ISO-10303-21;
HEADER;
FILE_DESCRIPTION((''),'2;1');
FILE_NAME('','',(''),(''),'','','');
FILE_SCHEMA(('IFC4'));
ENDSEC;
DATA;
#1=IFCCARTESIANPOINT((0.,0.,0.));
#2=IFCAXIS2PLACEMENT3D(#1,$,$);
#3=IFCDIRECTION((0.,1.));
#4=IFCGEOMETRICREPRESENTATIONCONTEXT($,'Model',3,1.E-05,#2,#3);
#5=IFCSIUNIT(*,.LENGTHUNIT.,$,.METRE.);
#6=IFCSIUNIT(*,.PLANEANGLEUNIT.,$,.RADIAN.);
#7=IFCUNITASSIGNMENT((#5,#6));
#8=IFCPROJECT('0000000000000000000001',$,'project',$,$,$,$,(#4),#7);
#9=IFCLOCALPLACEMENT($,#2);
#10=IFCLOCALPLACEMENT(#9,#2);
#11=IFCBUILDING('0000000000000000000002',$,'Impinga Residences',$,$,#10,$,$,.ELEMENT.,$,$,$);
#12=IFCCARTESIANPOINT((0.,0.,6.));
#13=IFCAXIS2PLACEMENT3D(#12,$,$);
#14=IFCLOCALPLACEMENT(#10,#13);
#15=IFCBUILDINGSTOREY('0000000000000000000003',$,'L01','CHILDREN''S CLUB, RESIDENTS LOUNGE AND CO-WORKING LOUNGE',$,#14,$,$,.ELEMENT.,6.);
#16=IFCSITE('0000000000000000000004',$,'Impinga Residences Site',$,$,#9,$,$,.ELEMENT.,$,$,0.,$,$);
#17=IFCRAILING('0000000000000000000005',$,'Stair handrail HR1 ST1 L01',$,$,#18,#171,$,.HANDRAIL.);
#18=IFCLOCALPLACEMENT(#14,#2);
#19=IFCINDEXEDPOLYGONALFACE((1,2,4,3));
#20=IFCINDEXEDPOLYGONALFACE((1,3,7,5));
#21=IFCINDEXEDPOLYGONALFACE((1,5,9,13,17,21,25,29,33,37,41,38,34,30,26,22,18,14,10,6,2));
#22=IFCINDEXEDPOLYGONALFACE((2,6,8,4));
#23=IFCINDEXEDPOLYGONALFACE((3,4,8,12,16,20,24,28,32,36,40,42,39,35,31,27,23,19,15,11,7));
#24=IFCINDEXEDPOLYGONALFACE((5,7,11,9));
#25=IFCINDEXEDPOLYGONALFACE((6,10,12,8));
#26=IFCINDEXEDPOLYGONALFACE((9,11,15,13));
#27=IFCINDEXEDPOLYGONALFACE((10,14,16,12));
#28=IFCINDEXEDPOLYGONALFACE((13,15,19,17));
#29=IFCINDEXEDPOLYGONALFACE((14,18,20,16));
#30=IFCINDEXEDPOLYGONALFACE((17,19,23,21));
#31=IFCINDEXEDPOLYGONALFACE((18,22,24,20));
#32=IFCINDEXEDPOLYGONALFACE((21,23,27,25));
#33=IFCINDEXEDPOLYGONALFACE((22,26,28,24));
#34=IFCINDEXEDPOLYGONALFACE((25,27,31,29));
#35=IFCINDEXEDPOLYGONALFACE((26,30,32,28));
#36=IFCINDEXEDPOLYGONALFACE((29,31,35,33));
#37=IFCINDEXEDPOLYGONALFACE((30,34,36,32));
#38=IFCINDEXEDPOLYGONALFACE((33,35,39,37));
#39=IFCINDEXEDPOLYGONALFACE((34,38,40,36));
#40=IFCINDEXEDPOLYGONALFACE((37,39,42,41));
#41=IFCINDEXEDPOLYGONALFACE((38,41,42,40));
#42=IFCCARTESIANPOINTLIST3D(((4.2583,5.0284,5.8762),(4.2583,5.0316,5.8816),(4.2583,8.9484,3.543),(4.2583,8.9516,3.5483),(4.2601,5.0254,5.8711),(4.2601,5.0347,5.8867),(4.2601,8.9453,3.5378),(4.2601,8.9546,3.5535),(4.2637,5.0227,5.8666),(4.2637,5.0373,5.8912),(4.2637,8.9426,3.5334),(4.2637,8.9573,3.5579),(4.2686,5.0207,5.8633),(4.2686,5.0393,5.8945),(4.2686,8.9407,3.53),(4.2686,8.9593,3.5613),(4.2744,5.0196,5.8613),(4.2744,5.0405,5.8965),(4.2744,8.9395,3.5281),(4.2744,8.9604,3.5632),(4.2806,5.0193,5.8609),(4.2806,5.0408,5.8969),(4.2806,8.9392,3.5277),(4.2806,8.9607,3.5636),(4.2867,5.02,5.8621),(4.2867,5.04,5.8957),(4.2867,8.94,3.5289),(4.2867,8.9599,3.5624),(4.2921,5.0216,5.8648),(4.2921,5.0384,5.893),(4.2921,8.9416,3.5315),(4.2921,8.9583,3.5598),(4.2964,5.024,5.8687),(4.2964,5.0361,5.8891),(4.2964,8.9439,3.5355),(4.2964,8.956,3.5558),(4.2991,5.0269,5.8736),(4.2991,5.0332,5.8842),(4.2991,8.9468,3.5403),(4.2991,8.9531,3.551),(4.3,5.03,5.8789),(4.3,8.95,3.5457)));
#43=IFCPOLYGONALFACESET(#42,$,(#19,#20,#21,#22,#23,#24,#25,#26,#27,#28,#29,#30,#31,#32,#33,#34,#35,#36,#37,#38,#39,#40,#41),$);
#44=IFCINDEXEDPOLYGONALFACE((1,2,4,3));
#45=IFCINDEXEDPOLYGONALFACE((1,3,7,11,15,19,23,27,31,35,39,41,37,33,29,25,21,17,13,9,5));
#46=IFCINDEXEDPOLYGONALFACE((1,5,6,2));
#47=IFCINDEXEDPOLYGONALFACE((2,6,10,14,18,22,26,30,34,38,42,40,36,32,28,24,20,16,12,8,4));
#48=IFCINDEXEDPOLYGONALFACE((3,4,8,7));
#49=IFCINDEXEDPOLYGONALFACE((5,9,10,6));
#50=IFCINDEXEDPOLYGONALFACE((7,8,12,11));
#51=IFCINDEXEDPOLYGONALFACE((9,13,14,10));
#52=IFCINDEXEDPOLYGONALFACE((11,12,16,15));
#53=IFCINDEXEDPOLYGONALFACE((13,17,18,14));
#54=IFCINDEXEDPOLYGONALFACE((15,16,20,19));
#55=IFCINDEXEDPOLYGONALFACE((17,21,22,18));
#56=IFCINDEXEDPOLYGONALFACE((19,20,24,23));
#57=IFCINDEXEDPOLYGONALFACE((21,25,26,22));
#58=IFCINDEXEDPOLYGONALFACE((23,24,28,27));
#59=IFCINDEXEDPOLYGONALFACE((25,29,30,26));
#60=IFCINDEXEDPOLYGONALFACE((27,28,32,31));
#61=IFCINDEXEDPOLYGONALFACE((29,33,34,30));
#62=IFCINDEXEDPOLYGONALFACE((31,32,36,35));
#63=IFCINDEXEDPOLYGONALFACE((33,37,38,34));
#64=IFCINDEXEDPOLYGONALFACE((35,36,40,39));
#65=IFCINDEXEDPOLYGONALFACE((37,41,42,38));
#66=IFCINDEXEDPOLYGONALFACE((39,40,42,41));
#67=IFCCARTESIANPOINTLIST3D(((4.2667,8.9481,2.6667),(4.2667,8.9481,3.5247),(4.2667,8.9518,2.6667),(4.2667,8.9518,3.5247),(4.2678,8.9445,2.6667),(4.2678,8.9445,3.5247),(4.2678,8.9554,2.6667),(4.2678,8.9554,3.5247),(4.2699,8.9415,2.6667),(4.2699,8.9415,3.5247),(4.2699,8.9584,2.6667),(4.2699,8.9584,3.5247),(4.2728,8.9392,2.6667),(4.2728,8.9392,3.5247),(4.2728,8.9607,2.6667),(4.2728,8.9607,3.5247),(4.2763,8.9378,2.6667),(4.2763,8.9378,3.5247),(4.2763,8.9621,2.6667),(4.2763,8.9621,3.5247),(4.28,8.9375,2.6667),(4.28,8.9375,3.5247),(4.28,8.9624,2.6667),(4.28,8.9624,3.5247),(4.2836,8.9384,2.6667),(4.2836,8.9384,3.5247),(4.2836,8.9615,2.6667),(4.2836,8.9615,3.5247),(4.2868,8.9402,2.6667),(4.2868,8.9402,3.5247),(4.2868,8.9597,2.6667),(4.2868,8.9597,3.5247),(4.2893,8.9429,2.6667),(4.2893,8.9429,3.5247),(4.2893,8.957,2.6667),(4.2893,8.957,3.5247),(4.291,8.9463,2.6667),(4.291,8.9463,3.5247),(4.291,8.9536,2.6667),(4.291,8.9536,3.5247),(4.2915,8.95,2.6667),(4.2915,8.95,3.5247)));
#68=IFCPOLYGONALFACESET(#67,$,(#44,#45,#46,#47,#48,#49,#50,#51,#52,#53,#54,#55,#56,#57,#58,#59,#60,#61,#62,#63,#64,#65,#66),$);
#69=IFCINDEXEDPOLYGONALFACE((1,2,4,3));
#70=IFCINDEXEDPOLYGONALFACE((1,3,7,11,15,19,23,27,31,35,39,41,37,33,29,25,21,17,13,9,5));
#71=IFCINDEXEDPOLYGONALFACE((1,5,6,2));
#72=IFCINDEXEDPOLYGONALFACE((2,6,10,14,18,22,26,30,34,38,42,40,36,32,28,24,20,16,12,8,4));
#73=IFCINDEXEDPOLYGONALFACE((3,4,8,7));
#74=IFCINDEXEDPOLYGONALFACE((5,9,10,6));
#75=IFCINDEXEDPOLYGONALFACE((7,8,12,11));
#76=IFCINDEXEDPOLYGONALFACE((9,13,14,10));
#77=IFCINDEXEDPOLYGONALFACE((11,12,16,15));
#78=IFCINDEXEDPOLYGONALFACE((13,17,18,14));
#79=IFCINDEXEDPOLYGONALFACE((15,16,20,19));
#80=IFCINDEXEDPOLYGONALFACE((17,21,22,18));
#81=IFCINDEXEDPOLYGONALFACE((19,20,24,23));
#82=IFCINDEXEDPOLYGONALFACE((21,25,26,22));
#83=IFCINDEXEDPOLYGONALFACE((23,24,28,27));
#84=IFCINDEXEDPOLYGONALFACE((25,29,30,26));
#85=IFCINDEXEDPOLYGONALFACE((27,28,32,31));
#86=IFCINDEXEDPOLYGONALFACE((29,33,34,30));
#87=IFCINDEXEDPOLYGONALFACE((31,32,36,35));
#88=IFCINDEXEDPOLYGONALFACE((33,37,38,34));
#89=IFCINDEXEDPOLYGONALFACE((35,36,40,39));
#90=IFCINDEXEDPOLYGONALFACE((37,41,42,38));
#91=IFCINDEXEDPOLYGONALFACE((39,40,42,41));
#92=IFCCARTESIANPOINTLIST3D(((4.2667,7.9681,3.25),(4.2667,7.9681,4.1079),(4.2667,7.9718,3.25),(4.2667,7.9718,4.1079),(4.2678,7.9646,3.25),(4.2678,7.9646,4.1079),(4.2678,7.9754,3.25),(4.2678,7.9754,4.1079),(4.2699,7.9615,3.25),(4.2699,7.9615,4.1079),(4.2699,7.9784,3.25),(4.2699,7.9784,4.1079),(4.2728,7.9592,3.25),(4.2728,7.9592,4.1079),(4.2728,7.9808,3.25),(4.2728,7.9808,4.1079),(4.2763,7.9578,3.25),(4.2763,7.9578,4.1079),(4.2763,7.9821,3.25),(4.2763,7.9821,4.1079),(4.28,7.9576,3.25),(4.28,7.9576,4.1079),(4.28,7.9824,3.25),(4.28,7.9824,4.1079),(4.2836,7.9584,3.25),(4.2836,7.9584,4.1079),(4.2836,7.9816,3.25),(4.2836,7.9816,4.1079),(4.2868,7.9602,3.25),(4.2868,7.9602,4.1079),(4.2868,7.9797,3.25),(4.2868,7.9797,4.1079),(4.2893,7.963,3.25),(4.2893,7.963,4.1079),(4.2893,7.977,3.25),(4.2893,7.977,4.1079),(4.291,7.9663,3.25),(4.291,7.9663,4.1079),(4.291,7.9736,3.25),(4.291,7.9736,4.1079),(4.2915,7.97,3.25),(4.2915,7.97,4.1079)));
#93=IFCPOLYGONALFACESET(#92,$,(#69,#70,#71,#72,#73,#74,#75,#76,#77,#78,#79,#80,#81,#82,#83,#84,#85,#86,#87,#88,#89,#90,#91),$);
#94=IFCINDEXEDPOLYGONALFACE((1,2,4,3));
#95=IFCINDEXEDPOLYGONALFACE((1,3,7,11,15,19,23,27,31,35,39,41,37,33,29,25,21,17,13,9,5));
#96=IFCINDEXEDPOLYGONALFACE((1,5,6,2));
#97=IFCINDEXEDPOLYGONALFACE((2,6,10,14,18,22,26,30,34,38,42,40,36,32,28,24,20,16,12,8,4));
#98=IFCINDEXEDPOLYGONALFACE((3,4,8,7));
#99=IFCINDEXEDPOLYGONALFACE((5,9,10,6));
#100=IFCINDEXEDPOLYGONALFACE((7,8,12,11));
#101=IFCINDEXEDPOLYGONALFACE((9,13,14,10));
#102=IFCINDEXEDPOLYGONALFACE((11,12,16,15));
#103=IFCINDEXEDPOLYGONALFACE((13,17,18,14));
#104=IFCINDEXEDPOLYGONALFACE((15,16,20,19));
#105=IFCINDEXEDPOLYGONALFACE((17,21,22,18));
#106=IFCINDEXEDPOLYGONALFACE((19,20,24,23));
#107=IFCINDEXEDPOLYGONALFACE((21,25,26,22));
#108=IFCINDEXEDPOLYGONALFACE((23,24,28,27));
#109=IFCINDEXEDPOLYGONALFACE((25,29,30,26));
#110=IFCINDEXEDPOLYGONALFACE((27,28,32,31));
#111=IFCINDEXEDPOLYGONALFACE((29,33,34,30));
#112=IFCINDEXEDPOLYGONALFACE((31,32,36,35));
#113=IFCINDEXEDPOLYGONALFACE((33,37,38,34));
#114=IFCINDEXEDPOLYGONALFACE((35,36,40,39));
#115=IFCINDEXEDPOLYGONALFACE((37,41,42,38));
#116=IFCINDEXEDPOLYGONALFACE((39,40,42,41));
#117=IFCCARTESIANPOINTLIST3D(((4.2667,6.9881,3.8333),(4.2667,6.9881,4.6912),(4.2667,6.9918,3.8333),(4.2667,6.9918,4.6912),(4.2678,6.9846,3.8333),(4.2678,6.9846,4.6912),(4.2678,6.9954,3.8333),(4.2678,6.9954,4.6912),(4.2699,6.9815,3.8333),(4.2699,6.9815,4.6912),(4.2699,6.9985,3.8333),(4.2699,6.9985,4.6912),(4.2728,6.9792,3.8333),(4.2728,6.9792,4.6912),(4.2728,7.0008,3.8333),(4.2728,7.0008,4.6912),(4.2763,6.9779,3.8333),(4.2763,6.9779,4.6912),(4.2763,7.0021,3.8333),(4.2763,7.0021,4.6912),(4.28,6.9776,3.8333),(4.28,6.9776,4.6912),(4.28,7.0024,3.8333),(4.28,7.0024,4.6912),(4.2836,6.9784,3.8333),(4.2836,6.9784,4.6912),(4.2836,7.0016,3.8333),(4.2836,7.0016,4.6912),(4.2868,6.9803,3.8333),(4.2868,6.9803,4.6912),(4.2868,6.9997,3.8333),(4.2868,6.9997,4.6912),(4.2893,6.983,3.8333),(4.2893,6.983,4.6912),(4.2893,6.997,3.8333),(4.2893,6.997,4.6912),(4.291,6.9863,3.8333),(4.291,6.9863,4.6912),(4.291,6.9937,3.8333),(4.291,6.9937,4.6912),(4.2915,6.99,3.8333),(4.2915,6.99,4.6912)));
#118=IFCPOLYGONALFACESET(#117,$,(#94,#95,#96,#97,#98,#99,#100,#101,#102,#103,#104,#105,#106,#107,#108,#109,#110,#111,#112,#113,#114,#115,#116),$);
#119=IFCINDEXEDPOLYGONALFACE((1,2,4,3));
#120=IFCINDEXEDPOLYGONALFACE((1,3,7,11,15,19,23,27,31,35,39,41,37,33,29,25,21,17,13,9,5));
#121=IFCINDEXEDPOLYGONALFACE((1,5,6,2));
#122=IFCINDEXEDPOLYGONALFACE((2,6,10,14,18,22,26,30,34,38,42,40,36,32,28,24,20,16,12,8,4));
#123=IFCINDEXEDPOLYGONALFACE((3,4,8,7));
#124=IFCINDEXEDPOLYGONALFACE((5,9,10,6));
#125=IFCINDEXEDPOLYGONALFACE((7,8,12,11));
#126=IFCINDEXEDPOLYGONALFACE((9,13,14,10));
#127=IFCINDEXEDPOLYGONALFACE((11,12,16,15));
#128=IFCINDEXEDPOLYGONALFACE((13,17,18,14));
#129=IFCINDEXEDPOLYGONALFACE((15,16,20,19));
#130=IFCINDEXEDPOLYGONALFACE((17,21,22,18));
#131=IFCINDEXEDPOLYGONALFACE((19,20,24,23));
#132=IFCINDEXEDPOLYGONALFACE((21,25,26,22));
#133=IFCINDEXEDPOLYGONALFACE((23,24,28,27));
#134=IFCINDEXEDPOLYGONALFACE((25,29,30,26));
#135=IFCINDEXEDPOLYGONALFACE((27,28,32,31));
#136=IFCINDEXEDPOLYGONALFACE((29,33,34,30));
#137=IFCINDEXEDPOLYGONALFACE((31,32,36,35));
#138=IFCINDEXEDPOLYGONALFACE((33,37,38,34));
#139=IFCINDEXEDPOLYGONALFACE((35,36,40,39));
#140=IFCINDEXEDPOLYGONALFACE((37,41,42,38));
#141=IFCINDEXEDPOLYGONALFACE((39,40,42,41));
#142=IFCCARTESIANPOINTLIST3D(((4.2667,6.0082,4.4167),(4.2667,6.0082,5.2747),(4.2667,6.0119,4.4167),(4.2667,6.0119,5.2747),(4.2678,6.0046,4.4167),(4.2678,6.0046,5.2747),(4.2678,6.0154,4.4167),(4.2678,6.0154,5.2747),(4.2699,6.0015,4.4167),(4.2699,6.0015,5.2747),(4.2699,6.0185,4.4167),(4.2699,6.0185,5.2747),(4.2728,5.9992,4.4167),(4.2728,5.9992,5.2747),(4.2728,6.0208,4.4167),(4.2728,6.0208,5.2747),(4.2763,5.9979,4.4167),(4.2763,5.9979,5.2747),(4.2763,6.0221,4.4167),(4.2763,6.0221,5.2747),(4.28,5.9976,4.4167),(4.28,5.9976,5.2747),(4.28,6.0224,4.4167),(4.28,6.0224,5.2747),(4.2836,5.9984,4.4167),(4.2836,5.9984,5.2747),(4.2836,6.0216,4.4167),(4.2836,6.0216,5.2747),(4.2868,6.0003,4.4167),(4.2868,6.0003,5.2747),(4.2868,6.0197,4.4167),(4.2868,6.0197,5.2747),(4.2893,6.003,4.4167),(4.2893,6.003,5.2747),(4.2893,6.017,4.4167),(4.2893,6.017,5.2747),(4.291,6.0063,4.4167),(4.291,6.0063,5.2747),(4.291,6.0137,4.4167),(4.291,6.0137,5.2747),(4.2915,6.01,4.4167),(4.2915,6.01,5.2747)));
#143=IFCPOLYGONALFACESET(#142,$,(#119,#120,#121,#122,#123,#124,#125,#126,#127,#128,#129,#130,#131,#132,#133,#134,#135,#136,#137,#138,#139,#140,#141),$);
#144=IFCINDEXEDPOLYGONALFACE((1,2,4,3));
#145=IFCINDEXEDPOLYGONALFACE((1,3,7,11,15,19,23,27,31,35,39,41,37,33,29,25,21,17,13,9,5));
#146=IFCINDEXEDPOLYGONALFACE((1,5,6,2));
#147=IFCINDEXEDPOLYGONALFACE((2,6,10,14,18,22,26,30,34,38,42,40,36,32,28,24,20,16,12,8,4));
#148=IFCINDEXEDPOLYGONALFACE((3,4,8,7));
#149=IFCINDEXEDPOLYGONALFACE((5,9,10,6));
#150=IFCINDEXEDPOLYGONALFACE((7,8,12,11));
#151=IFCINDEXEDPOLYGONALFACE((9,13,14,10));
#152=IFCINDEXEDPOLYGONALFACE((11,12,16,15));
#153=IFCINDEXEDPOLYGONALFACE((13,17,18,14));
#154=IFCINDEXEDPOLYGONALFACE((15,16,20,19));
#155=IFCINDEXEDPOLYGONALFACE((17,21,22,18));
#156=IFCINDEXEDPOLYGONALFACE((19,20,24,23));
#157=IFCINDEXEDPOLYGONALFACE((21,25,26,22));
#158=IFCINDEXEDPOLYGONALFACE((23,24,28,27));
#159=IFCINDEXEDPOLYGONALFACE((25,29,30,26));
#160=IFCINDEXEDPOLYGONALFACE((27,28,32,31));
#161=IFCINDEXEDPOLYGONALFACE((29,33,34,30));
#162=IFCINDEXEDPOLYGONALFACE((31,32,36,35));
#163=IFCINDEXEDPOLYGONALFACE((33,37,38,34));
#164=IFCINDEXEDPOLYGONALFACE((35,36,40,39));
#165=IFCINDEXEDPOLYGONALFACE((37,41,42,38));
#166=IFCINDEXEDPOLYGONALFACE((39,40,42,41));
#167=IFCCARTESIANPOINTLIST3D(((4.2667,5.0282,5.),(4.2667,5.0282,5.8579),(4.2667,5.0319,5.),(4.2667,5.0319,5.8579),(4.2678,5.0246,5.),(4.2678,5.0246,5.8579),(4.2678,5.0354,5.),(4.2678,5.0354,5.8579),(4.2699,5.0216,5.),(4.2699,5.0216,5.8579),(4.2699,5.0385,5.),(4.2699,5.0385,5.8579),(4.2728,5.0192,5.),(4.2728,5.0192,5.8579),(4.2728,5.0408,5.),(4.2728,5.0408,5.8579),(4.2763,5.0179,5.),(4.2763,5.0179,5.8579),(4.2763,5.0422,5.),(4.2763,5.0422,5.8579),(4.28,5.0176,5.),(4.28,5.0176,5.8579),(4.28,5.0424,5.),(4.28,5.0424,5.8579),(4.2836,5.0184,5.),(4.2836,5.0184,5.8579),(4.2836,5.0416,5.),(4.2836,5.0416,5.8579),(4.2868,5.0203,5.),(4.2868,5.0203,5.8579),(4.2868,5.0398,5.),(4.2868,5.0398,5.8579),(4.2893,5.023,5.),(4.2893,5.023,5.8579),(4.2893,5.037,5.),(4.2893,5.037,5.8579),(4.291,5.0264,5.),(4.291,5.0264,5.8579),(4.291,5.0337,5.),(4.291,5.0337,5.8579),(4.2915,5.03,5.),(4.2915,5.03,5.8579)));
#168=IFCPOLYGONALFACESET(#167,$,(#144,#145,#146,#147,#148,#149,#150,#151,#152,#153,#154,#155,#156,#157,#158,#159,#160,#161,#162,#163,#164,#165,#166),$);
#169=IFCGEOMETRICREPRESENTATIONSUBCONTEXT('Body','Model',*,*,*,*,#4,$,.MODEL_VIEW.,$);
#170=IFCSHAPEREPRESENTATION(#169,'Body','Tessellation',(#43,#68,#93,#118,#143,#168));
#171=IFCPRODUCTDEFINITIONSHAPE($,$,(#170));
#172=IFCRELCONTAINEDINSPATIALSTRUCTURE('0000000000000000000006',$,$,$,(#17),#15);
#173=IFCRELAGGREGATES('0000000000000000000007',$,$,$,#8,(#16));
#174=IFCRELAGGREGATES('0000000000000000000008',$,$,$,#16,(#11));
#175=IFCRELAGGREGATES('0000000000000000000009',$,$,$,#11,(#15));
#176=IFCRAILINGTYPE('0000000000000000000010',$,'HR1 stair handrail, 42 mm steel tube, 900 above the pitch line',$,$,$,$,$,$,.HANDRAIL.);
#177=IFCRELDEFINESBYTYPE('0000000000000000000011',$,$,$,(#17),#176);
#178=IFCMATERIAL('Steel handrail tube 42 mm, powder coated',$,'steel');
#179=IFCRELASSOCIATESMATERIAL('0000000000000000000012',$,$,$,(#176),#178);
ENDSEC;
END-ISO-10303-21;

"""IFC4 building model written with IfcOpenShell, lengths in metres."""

from ifc_helpers import new_model, si_unit, direction, frame, origin, origin_2d, place, context, subcontext, project, spatial, circle, extrude, material, type_object, element, save


model = new_model("IFC4")

# Units and contexts
model_context = context("Model", 3, precision=1e-05, world=origin(), true_north=direction((0.0, 1.0)))
body_context = subcontext(model_context, "Body", "Model", "MODEL_VIEW")
ifc_project = project(units=[si_unit("LENGTHUNIT", "METRE"), si_unit("PLANEANGLEUNIT", "RADIAN")], contexts=[model_context])

# Site, building, storey
site_placement = place(None, origin())
site = spatial("IfcSite", under=ifc_project, at=site_placement, Name="Impinga Residences Site", CompositionType="ELEMENT", RefElevation=0.0)
building_placement = place(site_placement, origin())
building = spatial("IfcBuilding", under=site, at=building_placement, Name="Impinga Residences", CompositionType="ELEMENT")
storey_placement = place(building_placement, frame((0.0, 0.0, 6.0)))
storey = spatial("IfcBuildingStorey", under=building, at=storey_placement, Name="L01", Description="CHILDREN'S CLUB, RESIDENTS LOUNGE AND CO-WORKING LOUNGE", CompositionType="ELEMENT", Elevation=6.0)

# Railing
ifc_material_1 = material(Name="Steel handrail tube 42 mm, powder coated", Category="steel")
railing_type_1 = type_object("IfcRailingType", Name="HR1 stair handrail, 42 mm steel tube, 900 above the pitch line", PredefinedType="HANDRAIL", material=ifc_material_1)
railing_1_placement = place(storey_placement, frame((4.2791, 8.95, 2.6667)))
element("IfcRailing", 1, at=railing_1_placement, inside=storey, type_object=railing_type_1, Name="Stair handrail HR1 ST1 L01", PredefinedType="HANDRAIL", context=body_context, shape_type="SweptSolid", body=[
    extrude(circle(Radius=0.021, at=origin_2d()), frame((0.0, 0.0, 0.8789), z_axis=(0.0, -0.859296, 0.511478), x_axis=(1.0, 0.0, 0.0)), (0.0, 0.0, 1.0), 4.5618),
    extrude(circle(Radius=0.0125, at=origin_2d()), origin(), (0.0, 0.0, 1.0), 0.8579),
    extrude(circle(Radius=0.0125, at=origin_2d()), frame((0.0, -0.98, 0.5833)), (0.0, 0.0, 1.0), 0.8579),
    extrude(circle(Radius=0.0125, at=origin_2d()), frame((0.0, -1.96, 1.1665)), (0.0, 0.0, 1.0), 0.8579),
    extrude(circle(Radius=0.0125, at=origin_2d()), frame((0.0, -2.9399, 1.75)), (0.0, 0.0, 1.0), 0.8579),
    extrude(circle(Radius=0.0125, at=origin_2d()), frame((0.0, -3.9199, 2.3333)), (0.0, 0.0, 1.0), 0.8579),
])

save(model, "model.ifc")
